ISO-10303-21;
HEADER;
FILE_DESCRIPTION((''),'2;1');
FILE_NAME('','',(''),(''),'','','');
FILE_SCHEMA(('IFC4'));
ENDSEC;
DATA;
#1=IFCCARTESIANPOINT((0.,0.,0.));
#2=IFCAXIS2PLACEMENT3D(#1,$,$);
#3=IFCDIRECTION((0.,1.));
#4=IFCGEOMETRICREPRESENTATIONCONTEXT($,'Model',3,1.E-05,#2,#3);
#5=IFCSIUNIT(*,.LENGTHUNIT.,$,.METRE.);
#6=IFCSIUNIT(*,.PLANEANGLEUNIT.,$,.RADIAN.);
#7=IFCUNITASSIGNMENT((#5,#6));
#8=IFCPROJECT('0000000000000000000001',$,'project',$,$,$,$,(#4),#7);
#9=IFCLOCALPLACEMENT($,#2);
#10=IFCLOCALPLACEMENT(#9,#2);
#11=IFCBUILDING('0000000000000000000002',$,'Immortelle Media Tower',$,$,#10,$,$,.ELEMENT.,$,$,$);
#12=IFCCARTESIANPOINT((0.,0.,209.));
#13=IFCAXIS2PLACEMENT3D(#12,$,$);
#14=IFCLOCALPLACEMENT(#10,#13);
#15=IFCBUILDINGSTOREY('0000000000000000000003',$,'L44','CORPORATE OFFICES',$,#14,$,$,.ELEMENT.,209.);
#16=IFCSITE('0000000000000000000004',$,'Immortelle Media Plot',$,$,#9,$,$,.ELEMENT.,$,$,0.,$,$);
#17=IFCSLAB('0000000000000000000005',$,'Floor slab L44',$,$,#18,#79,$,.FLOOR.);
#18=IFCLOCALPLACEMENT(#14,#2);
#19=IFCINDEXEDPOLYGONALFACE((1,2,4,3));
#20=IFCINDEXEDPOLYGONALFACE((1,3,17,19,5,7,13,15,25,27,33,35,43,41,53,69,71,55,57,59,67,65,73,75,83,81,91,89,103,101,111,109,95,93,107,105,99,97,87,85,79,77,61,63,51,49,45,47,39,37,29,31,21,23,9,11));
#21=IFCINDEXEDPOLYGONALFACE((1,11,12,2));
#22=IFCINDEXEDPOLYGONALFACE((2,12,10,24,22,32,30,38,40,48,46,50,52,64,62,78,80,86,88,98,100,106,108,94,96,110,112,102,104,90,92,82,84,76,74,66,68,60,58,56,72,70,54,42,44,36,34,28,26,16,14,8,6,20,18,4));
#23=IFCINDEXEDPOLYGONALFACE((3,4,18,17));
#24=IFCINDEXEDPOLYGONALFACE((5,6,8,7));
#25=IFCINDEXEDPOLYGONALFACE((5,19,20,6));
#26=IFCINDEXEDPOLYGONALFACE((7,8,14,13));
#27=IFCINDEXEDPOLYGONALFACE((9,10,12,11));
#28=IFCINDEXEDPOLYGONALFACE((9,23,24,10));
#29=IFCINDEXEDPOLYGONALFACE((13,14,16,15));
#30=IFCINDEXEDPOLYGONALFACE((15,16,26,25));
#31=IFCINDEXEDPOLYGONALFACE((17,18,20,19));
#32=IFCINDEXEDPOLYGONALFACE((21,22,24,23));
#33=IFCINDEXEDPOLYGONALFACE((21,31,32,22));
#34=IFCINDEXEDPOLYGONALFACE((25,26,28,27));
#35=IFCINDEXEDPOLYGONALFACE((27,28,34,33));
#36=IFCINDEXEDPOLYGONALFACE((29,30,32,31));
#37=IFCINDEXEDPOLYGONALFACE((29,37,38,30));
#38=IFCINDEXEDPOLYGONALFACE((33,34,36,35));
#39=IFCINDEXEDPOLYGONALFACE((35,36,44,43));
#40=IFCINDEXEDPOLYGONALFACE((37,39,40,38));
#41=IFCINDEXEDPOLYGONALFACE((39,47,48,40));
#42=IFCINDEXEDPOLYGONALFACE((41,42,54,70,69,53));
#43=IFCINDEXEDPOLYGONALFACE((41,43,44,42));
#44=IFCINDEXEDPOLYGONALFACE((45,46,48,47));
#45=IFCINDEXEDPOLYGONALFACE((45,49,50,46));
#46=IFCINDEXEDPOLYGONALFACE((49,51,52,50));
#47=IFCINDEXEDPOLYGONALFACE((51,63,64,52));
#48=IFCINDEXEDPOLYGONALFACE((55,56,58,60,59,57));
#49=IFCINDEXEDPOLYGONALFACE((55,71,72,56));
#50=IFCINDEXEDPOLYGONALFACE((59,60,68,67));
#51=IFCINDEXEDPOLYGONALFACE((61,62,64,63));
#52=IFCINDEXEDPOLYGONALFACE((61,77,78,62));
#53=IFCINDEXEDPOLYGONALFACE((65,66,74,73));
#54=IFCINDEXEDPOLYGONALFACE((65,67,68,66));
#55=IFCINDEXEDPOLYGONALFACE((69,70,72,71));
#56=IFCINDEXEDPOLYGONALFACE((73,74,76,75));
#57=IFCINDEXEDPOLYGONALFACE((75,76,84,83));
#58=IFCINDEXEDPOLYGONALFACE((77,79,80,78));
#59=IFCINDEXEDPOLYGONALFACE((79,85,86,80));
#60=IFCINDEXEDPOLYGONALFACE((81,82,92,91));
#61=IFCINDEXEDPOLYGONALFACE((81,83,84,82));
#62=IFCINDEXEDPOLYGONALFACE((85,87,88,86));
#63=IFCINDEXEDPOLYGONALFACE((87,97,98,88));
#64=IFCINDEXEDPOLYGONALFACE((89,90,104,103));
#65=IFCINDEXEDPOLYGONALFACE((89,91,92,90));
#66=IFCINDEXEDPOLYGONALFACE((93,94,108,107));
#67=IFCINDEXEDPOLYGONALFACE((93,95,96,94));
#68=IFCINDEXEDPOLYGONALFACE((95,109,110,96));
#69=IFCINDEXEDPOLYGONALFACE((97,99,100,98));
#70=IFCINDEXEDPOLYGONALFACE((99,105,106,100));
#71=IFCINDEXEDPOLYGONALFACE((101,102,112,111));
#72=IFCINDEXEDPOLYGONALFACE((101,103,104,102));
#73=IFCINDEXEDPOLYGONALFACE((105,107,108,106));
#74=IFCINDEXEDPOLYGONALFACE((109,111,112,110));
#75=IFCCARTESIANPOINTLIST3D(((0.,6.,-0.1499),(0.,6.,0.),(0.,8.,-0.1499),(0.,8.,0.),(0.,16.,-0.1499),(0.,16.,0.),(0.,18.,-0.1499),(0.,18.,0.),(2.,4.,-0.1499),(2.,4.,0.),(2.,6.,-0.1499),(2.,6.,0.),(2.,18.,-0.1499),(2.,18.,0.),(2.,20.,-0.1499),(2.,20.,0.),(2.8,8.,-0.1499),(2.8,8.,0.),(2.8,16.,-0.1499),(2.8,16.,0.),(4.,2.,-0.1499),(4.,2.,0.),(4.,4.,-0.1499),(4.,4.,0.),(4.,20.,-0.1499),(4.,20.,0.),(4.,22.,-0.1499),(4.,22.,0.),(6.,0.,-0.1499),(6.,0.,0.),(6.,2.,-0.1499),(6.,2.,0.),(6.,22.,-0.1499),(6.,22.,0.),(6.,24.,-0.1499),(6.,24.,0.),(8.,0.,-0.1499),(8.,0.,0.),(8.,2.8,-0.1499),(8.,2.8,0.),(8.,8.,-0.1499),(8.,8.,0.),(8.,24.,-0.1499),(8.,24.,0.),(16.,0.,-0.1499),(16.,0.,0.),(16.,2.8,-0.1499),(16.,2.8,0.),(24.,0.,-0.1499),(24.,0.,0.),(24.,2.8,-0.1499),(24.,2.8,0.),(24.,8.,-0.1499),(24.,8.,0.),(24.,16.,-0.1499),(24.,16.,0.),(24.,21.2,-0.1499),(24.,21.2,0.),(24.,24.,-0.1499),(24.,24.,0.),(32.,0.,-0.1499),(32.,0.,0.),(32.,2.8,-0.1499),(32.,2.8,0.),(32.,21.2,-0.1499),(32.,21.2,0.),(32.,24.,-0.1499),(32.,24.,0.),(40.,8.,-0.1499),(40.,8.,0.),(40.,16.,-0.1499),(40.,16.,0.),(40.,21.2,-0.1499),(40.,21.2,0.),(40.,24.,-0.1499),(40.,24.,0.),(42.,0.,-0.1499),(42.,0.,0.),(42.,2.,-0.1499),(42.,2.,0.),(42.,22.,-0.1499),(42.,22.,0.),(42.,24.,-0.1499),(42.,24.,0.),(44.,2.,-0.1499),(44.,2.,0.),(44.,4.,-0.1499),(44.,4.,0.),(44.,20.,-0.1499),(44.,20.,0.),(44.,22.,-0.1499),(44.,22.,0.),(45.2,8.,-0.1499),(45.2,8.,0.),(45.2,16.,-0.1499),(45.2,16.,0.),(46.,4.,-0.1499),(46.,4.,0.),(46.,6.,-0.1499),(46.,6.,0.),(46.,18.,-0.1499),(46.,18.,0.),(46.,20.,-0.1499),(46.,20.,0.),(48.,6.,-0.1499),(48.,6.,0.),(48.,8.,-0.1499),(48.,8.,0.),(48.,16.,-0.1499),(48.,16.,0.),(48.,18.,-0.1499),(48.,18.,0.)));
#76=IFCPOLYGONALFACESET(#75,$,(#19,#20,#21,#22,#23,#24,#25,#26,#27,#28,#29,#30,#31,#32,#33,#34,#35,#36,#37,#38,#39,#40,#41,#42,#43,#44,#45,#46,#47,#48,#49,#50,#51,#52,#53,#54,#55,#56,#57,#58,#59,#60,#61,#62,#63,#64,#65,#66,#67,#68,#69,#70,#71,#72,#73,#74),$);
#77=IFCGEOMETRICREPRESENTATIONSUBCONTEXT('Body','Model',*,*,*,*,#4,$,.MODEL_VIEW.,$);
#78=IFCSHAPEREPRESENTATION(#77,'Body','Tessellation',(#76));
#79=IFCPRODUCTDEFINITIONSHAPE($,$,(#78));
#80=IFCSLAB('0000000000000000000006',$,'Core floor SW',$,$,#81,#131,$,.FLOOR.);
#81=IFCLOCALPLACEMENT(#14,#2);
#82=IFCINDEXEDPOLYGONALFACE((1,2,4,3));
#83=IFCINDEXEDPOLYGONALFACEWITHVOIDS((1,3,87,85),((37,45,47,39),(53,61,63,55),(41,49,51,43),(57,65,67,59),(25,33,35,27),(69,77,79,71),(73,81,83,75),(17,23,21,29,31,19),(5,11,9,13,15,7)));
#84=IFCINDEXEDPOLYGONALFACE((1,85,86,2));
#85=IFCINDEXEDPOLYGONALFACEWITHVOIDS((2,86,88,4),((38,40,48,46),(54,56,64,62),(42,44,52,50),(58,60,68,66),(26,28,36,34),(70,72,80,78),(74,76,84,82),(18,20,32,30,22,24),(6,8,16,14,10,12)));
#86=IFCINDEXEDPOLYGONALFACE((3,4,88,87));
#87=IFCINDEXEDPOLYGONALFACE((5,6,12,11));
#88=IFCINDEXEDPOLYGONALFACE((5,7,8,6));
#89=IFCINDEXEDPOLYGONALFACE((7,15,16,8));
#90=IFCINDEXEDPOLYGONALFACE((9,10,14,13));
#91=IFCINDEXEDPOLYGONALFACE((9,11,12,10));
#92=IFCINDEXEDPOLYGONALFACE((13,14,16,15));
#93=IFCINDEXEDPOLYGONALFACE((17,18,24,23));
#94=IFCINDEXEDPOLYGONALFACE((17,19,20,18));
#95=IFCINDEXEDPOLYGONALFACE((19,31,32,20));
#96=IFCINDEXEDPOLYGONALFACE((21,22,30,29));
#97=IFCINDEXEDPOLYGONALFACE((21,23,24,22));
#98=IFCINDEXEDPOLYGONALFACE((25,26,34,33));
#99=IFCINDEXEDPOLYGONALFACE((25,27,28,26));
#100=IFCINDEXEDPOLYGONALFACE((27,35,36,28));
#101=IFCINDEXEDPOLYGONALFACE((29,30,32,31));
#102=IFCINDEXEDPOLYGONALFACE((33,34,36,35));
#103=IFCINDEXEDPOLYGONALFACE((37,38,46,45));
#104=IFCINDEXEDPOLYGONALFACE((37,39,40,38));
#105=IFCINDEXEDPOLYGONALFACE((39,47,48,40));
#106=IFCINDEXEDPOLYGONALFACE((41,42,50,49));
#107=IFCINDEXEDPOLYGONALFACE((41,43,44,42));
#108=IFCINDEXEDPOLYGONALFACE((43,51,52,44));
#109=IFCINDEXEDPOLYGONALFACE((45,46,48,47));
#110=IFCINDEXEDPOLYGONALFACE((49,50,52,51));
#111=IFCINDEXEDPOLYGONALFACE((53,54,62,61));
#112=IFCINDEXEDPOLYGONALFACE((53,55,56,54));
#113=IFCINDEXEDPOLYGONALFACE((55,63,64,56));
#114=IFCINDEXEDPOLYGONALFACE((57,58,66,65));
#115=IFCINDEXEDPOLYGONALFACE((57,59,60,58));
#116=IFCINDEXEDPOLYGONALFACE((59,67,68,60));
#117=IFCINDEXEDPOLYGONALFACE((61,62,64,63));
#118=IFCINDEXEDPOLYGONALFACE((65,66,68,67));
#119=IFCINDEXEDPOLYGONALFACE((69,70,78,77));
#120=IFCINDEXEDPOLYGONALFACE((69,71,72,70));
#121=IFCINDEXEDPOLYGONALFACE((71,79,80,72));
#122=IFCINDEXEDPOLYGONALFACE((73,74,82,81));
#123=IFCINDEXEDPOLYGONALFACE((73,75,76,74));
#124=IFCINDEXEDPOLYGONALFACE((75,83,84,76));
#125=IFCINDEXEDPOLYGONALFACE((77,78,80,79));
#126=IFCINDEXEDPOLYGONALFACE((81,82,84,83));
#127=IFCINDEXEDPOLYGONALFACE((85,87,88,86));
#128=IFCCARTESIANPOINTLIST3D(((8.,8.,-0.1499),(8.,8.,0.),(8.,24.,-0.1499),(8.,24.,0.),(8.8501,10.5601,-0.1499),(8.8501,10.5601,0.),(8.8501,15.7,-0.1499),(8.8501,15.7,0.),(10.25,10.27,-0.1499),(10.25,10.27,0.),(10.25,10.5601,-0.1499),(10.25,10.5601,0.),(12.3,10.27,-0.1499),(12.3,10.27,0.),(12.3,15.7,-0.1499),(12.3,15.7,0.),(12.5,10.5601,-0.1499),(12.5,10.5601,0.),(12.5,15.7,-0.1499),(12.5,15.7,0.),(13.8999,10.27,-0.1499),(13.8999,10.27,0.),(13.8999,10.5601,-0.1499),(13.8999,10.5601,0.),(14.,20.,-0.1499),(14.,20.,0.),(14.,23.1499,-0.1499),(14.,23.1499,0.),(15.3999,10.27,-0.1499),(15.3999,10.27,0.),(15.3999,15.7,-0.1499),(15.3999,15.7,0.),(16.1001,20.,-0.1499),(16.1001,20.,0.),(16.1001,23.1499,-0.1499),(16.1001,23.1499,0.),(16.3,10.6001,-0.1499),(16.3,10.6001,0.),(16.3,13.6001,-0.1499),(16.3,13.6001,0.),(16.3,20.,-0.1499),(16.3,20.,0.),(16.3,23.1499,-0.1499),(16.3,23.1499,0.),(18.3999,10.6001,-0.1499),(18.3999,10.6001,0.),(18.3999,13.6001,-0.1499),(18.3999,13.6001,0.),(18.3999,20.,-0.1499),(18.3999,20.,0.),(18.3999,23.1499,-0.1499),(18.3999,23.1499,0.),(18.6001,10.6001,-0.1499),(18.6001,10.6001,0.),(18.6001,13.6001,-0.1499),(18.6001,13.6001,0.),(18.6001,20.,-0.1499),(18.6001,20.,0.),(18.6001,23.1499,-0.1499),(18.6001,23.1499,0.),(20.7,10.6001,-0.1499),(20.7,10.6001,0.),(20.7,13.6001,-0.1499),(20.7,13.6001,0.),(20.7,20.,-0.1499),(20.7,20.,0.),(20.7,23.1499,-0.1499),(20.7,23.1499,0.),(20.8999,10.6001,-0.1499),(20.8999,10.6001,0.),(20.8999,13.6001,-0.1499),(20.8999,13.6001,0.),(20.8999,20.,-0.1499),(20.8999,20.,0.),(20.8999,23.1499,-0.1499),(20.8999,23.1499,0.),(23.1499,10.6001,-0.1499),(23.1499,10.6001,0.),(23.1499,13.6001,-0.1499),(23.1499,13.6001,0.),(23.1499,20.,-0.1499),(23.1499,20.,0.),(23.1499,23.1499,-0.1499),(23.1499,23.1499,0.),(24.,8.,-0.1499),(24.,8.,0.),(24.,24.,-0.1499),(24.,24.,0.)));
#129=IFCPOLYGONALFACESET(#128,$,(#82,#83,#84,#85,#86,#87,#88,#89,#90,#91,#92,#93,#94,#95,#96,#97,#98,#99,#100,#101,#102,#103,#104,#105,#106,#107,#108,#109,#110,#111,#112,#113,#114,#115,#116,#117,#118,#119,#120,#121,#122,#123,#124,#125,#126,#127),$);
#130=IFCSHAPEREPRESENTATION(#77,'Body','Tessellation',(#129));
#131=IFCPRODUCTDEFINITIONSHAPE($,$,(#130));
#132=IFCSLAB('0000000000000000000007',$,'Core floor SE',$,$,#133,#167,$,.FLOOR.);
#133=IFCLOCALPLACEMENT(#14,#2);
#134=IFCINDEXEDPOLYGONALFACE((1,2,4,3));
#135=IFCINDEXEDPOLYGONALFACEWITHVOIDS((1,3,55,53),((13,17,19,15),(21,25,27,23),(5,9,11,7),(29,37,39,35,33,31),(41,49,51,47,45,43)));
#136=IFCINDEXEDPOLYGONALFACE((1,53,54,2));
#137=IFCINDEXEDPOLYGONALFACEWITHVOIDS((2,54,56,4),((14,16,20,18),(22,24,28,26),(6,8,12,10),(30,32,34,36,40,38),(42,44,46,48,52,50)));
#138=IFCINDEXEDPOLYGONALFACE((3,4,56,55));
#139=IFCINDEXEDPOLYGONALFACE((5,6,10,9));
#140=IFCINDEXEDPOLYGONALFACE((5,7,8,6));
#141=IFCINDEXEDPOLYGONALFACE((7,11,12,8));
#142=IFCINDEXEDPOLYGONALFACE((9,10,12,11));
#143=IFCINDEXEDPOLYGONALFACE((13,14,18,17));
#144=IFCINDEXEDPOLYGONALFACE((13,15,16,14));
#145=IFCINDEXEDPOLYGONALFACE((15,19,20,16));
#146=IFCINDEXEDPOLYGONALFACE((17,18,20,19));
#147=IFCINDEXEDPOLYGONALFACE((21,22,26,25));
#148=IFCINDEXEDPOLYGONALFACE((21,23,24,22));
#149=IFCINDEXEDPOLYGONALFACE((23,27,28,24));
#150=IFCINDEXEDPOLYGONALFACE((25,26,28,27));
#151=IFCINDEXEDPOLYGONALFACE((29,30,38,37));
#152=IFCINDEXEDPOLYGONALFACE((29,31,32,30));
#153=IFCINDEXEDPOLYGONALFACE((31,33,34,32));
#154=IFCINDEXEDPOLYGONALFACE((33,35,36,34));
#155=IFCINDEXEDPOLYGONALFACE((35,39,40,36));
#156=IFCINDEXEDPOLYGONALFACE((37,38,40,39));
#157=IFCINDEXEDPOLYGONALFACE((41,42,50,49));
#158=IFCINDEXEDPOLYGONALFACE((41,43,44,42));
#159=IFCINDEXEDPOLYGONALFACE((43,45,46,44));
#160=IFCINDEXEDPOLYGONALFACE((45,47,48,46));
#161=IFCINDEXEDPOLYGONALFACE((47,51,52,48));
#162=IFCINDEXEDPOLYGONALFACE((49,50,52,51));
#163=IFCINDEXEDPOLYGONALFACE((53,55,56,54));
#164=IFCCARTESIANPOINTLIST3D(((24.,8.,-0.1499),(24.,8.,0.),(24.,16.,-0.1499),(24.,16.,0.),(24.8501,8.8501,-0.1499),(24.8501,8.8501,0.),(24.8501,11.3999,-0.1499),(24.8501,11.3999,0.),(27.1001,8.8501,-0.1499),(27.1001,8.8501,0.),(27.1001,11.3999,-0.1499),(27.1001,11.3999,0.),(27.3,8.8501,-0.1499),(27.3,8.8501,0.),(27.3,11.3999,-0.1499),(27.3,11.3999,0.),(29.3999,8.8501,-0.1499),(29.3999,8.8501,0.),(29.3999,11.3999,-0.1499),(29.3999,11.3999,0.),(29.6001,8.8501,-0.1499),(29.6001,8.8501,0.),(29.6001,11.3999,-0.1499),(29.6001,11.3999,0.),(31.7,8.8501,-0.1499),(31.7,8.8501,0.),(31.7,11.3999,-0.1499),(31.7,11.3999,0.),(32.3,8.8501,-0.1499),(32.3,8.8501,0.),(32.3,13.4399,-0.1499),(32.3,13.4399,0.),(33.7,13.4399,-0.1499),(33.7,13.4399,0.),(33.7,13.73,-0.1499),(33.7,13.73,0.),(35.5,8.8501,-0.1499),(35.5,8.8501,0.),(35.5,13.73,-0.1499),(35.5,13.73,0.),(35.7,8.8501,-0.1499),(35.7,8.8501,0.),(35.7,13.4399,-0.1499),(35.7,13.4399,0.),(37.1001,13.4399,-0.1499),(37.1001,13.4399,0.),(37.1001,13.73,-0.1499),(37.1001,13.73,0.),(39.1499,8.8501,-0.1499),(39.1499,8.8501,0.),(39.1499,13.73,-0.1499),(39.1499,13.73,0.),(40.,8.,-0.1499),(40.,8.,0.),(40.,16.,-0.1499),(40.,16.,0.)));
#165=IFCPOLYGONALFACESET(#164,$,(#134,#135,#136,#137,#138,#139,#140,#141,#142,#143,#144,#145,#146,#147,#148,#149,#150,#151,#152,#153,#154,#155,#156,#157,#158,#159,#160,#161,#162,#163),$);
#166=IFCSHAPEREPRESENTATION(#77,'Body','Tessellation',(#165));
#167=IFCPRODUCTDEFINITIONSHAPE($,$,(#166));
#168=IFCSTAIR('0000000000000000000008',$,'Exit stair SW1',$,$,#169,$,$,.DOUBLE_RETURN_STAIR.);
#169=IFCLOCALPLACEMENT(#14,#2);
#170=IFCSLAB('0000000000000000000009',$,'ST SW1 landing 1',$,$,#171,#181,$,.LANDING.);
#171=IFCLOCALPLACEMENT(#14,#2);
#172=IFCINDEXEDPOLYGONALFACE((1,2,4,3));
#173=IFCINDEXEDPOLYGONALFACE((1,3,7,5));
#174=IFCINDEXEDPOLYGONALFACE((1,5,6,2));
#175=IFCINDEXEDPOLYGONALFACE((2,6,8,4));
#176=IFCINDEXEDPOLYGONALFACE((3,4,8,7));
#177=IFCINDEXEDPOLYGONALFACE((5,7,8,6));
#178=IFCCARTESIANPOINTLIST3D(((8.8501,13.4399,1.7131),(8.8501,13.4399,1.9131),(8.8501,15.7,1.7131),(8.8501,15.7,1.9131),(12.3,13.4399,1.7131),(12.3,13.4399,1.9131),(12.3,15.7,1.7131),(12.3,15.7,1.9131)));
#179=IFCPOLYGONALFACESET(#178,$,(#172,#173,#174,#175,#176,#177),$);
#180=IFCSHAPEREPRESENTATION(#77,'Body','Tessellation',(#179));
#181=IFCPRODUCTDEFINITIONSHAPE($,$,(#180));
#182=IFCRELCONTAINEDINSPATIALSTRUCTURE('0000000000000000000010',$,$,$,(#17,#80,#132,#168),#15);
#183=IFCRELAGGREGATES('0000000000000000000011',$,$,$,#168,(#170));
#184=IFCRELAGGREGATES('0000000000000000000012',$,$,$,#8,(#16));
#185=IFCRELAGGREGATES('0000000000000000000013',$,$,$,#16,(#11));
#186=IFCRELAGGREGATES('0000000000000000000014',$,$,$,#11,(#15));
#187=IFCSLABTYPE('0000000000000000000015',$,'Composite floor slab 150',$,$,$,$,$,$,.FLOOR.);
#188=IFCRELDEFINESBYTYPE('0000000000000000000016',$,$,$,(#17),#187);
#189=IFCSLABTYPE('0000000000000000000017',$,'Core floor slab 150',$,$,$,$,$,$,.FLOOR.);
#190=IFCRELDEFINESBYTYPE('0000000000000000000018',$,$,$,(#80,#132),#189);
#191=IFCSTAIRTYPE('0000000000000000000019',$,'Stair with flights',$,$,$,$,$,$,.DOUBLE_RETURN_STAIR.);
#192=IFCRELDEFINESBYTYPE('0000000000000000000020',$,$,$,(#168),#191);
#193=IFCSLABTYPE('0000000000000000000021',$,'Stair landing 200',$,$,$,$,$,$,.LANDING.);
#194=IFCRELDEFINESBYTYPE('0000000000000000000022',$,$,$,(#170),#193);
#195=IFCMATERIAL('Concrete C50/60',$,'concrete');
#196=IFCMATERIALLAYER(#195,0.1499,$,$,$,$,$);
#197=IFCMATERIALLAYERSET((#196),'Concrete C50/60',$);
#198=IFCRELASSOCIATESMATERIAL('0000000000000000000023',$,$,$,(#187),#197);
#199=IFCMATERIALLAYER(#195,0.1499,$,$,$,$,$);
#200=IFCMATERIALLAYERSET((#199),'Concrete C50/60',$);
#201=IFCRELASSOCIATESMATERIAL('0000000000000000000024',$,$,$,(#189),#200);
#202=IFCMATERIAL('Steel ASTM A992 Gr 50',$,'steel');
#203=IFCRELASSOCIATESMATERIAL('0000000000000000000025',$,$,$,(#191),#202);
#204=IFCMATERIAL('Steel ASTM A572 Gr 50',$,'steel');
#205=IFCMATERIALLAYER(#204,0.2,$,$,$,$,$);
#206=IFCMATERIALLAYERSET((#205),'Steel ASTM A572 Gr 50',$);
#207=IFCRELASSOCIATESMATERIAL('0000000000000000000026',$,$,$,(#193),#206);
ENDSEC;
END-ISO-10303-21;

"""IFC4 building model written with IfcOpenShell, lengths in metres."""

from ifc_helpers import new_model, si_unit, direction, frame, origin, place, context, subcontext, project, spatial, polyline, outline, extrude, material, layer, layer_set, type_object, element, aggregate, save


model = new_model("IFC4")

# Units and contexts
model_context = context("Model", 3, precision=1e-05, world=origin(), true_north=direction((0.0, 1.0)))
body_context = subcontext(model_context, "Body", "Model", "MODEL_VIEW")
ifc_project = project(units=[si_unit("LENGTHUNIT", "METRE"), si_unit("PLANEANGLEUNIT", "RADIAN")], contexts=[model_context])

# Site, building, storey
site_placement = place(None, origin())
site = spatial("IfcSite", under=ifc_project, at=site_placement, Name="Immortelle Media Plot", CompositionType="ELEMENT", RefElevation=0.0)
building_placement = place(site_placement, origin())
building = spatial("IfcBuilding", under=site, at=building_placement, Name="Immortelle Media Tower", CompositionType="ELEMENT")
storey_placement = place(building_placement, frame((0.0, 0.0, 209.0)))
storey = spatial("IfcBuildingStorey", under=building, at=storey_placement, Name="L44", Description="CORPORATE OFFICES", CompositionType="ELEMENT", Elevation=209.0)

# Shared definitions
ifc_material_1 = material(Name="Steel ASTM A992 Gr 50", Category="steel")

# Slabs
ifc_material_2 = material(Name="Concrete C50/60", Category="concrete")
ifc_layer_1 = layer(ifc_material_2, 0.1499)
ifc_layer_set_1 = layer_set([ifc_layer_1], Name="Concrete C50/60")
slab_type_1 = type_object("IfcSlabType", Name="Composite floor slab 150", PredefinedType="FLOOR", material=ifc_layer_set_1)
slab_1_placement = place(storey_placement, frame((0.0, 0.0, -0.1499)))
element("IfcSlab", 1, at=slab_1_placement, inside=storey, type_object=slab_type_1, Name="Floor slab L44", PredefinedType="FLOOR", context=body_context, shape_type="SweptSolid", body=[
    extrude(outline(polyline([(6.0, 0.0), (6.0, 2.0), (4.0, 2.0), (4.0, 4.0), (2.0, 4.0), (2.0, 6.0), (0.0, 6.0), (0.0, 8.0), (2.8, 8.0), (2.8, 16.0), (0.0, 16.0), (0.0, 18.0), (2.0, 18.0), (2.0, 20.0), (4.0, 20.0), (4.0, 22.0), (6.0, 22.0), (6.0, 24.0), (8.0, 24.0), (8.0, 8.0), (24.0, 8.0), (40.0, 8.0), (40.0, 16.0), (24.0, 16.0), (24.0, 21.2), (24.0, 24.0), (32.0, 24.0), (32.0, 21.2), (40.0, 21.2), (40.0, 24.0), (42.0, 24.0), (42.0, 22.0), (44.0, 22.0), (44.0, 20.0), (46.0, 20.0), (46.0, 18.0), (48.0, 18.0), (48.0, 16.0), (45.2, 16.0), (45.2, 8.0), (48.0, 8.0), (48.0, 6.0), (46.0, 6.0), (46.0, 4.0), (44.0, 4.0), (44.0, 2.0), (42.0, 2.0), (42.0, 0.0), (32.0, 0.0), (32.0, 2.8), (24.0, 2.8), (24.0, 0.0), (16.0, 0.0), (16.0, 2.8), (8.0, 2.8), (8.0, 0.0), (6.0, 0.0)])), origin(), (0.0, 0.0, 1.0), 0.1499),
])
ifc_layer_2 = layer(ifc_material_2, 0.1499)
ifc_layer_set_2 = layer_set([ifc_layer_2], Name="Concrete C50/60")
slab_type_2 = type_object("IfcSlabType", Name="Core floor slab 150", PredefinedType="FLOOR", material=ifc_layer_set_2)
slab_2_placement = place(storey_placement, frame((0.0, 0.0, -0.1499)))
element("IfcSlab", 2, at=slab_2_placement, inside=storey, type_object=slab_type_2, Name="Core floor SW", PredefinedType="FLOOR", context=body_context, shape_type="SweptSolid", body=[
    extrude(outline(polyline([(8.0, 8.0), (24.0, 8.0), (24.0, 24.0), (8.0, 24.0), (8.0, 8.0)]), holes=[polyline([(14.0, 20.0), (16.1001, 20.0), (16.1001, 23.1499), (14.0, 23.1499), (14.0, 20.0)]), polyline([(16.3, 20.0), (18.3999, 20.0), (18.3999, 23.1499), (16.3, 23.1499), (16.3, 20.0)]), polyline([(18.6001, 20.0), (20.7, 20.0), (20.7, 23.1499), (18.6001, 23.1499), (18.6001, 20.0)]), polyline([(20.8999, 20.0), (23.1499, 20.0), (23.1499, 23.1499), (20.8999, 23.1499), (20.8999, 20.0)]), polyline([(16.3, 10.6001), (18.3999, 10.6001), (18.3999, 13.6001), (16.3, 13.6001), (16.3, 10.6001)]), polyline([(18.6001, 10.6001), (20.7, 10.6001), (20.7, 13.6001), (18.6001, 13.6001), (18.6001, 10.6001)]), polyline([(20.8999, 10.6001), (23.1499, 10.6001), (23.1499, 13.6001), (20.8999, 13.6001), (20.8999, 10.6001)]), polyline([(8.8501, 15.7), (12.3, 15.7), (12.3, 10.27), (10.25, 10.27), (10.25, 10.5601), (8.8501, 10.5601), (8.8501, 15.7)]), polyline([(12.5, 15.7), (15.3999, 15.7), (15.3999, 10.27), (13.8999, 10.27), (13.8999, 10.5601), (12.5, 10.5601), (12.5, 15.7)])]), origin(), (0.0, 0.0, 1.0), 0.1499),
])
slab_3_placement = place(storey_placement, frame((0.0, 0.0, -0.1499)))
element("IfcSlab", 3, at=slab_3_placement, inside=storey, type_object=slab_type_2, Name="Core floor SE", PredefinedType="FLOOR", context=body_context, shape_type="SweptSolid", body=[
    extrude(outline(polyline([(24.0, 8.0), (40.0, 8.0), (40.0, 16.0), (24.0, 16.0), (24.0, 8.0)]), holes=[polyline([(24.8501, 8.8501), (27.1001, 8.8501), (27.1001, 11.3999), (24.8501, 11.3999), (24.8501, 8.8501)]), polyline([(27.3, 8.8501), (29.3999, 8.8501), (29.3999, 11.3999), (27.3, 11.3999), (27.3, 8.8501)]), polyline([(29.6001, 8.8501), (31.7, 8.8501), (31.7, 11.3999), (29.6001, 11.3999), (29.6001, 8.8501)]), polyline([(35.5, 13.73), (35.5, 8.8501), (32.3, 8.8501), (32.3, 13.4399), (33.7, 13.4399), (33.7, 13.73), (35.5, 13.73)]), polyline([(39.1499, 13.73), (39.1499, 8.8501), (35.7, 8.8501), (35.7, 13.4399), (37.1001, 13.4399), (37.1001, 13.73), (39.1499, 13.73)])]), origin(), (0.0, 0.0, 1.0), 0.1499),
])

# Stair, slab
stair_type = type_object("IfcStairType", Name="Stair with flights", PredefinedType="DOUBLE_RETURN_STAIR", material=ifc_material_1)
stair_1_placement = place(storey_placement, origin())
stair_1 = element("IfcStair", 4, at=stair_1_placement, inside=storey, type_object=stair_type, Name="Exit stair SW1", PredefinedType="DOUBLE_RETURN_STAIR")
ifc_material_3 = material(Name="Steel ASTM A572 Gr 50", Category="steel")
ifc_layer_3 = layer(ifc_material_3, 0.2)
ifc_layer_set_3 = layer_set([ifc_layer_3], Name="Steel ASTM A572 Gr 50")
slab_type_3 = type_object("IfcSlabType", Name="Stair landing 200", PredefinedType="LANDING", material=ifc_layer_set_3)
slab_4_placement = place(storey_placement, frame((0.0, 0.0, 1.7131)))
slab_4 = element("IfcSlab", 5, at=slab_4_placement, type_object=slab_type_3, Name="ST SW1 landing 1", PredefinedType="LANDING", context=body_context, shape_type="SweptSolid", body=[
    extrude(outline(polyline([(8.8501, 13.4399), (12.3, 13.4399), (12.3, 15.7), (8.8501, 15.7), (8.8501, 13.4399)])), origin(), (0.0, 0.0, 1.0), 0.2),
])
aggregate(stair_1, [slab_4])

save(model, "model.ifc")
